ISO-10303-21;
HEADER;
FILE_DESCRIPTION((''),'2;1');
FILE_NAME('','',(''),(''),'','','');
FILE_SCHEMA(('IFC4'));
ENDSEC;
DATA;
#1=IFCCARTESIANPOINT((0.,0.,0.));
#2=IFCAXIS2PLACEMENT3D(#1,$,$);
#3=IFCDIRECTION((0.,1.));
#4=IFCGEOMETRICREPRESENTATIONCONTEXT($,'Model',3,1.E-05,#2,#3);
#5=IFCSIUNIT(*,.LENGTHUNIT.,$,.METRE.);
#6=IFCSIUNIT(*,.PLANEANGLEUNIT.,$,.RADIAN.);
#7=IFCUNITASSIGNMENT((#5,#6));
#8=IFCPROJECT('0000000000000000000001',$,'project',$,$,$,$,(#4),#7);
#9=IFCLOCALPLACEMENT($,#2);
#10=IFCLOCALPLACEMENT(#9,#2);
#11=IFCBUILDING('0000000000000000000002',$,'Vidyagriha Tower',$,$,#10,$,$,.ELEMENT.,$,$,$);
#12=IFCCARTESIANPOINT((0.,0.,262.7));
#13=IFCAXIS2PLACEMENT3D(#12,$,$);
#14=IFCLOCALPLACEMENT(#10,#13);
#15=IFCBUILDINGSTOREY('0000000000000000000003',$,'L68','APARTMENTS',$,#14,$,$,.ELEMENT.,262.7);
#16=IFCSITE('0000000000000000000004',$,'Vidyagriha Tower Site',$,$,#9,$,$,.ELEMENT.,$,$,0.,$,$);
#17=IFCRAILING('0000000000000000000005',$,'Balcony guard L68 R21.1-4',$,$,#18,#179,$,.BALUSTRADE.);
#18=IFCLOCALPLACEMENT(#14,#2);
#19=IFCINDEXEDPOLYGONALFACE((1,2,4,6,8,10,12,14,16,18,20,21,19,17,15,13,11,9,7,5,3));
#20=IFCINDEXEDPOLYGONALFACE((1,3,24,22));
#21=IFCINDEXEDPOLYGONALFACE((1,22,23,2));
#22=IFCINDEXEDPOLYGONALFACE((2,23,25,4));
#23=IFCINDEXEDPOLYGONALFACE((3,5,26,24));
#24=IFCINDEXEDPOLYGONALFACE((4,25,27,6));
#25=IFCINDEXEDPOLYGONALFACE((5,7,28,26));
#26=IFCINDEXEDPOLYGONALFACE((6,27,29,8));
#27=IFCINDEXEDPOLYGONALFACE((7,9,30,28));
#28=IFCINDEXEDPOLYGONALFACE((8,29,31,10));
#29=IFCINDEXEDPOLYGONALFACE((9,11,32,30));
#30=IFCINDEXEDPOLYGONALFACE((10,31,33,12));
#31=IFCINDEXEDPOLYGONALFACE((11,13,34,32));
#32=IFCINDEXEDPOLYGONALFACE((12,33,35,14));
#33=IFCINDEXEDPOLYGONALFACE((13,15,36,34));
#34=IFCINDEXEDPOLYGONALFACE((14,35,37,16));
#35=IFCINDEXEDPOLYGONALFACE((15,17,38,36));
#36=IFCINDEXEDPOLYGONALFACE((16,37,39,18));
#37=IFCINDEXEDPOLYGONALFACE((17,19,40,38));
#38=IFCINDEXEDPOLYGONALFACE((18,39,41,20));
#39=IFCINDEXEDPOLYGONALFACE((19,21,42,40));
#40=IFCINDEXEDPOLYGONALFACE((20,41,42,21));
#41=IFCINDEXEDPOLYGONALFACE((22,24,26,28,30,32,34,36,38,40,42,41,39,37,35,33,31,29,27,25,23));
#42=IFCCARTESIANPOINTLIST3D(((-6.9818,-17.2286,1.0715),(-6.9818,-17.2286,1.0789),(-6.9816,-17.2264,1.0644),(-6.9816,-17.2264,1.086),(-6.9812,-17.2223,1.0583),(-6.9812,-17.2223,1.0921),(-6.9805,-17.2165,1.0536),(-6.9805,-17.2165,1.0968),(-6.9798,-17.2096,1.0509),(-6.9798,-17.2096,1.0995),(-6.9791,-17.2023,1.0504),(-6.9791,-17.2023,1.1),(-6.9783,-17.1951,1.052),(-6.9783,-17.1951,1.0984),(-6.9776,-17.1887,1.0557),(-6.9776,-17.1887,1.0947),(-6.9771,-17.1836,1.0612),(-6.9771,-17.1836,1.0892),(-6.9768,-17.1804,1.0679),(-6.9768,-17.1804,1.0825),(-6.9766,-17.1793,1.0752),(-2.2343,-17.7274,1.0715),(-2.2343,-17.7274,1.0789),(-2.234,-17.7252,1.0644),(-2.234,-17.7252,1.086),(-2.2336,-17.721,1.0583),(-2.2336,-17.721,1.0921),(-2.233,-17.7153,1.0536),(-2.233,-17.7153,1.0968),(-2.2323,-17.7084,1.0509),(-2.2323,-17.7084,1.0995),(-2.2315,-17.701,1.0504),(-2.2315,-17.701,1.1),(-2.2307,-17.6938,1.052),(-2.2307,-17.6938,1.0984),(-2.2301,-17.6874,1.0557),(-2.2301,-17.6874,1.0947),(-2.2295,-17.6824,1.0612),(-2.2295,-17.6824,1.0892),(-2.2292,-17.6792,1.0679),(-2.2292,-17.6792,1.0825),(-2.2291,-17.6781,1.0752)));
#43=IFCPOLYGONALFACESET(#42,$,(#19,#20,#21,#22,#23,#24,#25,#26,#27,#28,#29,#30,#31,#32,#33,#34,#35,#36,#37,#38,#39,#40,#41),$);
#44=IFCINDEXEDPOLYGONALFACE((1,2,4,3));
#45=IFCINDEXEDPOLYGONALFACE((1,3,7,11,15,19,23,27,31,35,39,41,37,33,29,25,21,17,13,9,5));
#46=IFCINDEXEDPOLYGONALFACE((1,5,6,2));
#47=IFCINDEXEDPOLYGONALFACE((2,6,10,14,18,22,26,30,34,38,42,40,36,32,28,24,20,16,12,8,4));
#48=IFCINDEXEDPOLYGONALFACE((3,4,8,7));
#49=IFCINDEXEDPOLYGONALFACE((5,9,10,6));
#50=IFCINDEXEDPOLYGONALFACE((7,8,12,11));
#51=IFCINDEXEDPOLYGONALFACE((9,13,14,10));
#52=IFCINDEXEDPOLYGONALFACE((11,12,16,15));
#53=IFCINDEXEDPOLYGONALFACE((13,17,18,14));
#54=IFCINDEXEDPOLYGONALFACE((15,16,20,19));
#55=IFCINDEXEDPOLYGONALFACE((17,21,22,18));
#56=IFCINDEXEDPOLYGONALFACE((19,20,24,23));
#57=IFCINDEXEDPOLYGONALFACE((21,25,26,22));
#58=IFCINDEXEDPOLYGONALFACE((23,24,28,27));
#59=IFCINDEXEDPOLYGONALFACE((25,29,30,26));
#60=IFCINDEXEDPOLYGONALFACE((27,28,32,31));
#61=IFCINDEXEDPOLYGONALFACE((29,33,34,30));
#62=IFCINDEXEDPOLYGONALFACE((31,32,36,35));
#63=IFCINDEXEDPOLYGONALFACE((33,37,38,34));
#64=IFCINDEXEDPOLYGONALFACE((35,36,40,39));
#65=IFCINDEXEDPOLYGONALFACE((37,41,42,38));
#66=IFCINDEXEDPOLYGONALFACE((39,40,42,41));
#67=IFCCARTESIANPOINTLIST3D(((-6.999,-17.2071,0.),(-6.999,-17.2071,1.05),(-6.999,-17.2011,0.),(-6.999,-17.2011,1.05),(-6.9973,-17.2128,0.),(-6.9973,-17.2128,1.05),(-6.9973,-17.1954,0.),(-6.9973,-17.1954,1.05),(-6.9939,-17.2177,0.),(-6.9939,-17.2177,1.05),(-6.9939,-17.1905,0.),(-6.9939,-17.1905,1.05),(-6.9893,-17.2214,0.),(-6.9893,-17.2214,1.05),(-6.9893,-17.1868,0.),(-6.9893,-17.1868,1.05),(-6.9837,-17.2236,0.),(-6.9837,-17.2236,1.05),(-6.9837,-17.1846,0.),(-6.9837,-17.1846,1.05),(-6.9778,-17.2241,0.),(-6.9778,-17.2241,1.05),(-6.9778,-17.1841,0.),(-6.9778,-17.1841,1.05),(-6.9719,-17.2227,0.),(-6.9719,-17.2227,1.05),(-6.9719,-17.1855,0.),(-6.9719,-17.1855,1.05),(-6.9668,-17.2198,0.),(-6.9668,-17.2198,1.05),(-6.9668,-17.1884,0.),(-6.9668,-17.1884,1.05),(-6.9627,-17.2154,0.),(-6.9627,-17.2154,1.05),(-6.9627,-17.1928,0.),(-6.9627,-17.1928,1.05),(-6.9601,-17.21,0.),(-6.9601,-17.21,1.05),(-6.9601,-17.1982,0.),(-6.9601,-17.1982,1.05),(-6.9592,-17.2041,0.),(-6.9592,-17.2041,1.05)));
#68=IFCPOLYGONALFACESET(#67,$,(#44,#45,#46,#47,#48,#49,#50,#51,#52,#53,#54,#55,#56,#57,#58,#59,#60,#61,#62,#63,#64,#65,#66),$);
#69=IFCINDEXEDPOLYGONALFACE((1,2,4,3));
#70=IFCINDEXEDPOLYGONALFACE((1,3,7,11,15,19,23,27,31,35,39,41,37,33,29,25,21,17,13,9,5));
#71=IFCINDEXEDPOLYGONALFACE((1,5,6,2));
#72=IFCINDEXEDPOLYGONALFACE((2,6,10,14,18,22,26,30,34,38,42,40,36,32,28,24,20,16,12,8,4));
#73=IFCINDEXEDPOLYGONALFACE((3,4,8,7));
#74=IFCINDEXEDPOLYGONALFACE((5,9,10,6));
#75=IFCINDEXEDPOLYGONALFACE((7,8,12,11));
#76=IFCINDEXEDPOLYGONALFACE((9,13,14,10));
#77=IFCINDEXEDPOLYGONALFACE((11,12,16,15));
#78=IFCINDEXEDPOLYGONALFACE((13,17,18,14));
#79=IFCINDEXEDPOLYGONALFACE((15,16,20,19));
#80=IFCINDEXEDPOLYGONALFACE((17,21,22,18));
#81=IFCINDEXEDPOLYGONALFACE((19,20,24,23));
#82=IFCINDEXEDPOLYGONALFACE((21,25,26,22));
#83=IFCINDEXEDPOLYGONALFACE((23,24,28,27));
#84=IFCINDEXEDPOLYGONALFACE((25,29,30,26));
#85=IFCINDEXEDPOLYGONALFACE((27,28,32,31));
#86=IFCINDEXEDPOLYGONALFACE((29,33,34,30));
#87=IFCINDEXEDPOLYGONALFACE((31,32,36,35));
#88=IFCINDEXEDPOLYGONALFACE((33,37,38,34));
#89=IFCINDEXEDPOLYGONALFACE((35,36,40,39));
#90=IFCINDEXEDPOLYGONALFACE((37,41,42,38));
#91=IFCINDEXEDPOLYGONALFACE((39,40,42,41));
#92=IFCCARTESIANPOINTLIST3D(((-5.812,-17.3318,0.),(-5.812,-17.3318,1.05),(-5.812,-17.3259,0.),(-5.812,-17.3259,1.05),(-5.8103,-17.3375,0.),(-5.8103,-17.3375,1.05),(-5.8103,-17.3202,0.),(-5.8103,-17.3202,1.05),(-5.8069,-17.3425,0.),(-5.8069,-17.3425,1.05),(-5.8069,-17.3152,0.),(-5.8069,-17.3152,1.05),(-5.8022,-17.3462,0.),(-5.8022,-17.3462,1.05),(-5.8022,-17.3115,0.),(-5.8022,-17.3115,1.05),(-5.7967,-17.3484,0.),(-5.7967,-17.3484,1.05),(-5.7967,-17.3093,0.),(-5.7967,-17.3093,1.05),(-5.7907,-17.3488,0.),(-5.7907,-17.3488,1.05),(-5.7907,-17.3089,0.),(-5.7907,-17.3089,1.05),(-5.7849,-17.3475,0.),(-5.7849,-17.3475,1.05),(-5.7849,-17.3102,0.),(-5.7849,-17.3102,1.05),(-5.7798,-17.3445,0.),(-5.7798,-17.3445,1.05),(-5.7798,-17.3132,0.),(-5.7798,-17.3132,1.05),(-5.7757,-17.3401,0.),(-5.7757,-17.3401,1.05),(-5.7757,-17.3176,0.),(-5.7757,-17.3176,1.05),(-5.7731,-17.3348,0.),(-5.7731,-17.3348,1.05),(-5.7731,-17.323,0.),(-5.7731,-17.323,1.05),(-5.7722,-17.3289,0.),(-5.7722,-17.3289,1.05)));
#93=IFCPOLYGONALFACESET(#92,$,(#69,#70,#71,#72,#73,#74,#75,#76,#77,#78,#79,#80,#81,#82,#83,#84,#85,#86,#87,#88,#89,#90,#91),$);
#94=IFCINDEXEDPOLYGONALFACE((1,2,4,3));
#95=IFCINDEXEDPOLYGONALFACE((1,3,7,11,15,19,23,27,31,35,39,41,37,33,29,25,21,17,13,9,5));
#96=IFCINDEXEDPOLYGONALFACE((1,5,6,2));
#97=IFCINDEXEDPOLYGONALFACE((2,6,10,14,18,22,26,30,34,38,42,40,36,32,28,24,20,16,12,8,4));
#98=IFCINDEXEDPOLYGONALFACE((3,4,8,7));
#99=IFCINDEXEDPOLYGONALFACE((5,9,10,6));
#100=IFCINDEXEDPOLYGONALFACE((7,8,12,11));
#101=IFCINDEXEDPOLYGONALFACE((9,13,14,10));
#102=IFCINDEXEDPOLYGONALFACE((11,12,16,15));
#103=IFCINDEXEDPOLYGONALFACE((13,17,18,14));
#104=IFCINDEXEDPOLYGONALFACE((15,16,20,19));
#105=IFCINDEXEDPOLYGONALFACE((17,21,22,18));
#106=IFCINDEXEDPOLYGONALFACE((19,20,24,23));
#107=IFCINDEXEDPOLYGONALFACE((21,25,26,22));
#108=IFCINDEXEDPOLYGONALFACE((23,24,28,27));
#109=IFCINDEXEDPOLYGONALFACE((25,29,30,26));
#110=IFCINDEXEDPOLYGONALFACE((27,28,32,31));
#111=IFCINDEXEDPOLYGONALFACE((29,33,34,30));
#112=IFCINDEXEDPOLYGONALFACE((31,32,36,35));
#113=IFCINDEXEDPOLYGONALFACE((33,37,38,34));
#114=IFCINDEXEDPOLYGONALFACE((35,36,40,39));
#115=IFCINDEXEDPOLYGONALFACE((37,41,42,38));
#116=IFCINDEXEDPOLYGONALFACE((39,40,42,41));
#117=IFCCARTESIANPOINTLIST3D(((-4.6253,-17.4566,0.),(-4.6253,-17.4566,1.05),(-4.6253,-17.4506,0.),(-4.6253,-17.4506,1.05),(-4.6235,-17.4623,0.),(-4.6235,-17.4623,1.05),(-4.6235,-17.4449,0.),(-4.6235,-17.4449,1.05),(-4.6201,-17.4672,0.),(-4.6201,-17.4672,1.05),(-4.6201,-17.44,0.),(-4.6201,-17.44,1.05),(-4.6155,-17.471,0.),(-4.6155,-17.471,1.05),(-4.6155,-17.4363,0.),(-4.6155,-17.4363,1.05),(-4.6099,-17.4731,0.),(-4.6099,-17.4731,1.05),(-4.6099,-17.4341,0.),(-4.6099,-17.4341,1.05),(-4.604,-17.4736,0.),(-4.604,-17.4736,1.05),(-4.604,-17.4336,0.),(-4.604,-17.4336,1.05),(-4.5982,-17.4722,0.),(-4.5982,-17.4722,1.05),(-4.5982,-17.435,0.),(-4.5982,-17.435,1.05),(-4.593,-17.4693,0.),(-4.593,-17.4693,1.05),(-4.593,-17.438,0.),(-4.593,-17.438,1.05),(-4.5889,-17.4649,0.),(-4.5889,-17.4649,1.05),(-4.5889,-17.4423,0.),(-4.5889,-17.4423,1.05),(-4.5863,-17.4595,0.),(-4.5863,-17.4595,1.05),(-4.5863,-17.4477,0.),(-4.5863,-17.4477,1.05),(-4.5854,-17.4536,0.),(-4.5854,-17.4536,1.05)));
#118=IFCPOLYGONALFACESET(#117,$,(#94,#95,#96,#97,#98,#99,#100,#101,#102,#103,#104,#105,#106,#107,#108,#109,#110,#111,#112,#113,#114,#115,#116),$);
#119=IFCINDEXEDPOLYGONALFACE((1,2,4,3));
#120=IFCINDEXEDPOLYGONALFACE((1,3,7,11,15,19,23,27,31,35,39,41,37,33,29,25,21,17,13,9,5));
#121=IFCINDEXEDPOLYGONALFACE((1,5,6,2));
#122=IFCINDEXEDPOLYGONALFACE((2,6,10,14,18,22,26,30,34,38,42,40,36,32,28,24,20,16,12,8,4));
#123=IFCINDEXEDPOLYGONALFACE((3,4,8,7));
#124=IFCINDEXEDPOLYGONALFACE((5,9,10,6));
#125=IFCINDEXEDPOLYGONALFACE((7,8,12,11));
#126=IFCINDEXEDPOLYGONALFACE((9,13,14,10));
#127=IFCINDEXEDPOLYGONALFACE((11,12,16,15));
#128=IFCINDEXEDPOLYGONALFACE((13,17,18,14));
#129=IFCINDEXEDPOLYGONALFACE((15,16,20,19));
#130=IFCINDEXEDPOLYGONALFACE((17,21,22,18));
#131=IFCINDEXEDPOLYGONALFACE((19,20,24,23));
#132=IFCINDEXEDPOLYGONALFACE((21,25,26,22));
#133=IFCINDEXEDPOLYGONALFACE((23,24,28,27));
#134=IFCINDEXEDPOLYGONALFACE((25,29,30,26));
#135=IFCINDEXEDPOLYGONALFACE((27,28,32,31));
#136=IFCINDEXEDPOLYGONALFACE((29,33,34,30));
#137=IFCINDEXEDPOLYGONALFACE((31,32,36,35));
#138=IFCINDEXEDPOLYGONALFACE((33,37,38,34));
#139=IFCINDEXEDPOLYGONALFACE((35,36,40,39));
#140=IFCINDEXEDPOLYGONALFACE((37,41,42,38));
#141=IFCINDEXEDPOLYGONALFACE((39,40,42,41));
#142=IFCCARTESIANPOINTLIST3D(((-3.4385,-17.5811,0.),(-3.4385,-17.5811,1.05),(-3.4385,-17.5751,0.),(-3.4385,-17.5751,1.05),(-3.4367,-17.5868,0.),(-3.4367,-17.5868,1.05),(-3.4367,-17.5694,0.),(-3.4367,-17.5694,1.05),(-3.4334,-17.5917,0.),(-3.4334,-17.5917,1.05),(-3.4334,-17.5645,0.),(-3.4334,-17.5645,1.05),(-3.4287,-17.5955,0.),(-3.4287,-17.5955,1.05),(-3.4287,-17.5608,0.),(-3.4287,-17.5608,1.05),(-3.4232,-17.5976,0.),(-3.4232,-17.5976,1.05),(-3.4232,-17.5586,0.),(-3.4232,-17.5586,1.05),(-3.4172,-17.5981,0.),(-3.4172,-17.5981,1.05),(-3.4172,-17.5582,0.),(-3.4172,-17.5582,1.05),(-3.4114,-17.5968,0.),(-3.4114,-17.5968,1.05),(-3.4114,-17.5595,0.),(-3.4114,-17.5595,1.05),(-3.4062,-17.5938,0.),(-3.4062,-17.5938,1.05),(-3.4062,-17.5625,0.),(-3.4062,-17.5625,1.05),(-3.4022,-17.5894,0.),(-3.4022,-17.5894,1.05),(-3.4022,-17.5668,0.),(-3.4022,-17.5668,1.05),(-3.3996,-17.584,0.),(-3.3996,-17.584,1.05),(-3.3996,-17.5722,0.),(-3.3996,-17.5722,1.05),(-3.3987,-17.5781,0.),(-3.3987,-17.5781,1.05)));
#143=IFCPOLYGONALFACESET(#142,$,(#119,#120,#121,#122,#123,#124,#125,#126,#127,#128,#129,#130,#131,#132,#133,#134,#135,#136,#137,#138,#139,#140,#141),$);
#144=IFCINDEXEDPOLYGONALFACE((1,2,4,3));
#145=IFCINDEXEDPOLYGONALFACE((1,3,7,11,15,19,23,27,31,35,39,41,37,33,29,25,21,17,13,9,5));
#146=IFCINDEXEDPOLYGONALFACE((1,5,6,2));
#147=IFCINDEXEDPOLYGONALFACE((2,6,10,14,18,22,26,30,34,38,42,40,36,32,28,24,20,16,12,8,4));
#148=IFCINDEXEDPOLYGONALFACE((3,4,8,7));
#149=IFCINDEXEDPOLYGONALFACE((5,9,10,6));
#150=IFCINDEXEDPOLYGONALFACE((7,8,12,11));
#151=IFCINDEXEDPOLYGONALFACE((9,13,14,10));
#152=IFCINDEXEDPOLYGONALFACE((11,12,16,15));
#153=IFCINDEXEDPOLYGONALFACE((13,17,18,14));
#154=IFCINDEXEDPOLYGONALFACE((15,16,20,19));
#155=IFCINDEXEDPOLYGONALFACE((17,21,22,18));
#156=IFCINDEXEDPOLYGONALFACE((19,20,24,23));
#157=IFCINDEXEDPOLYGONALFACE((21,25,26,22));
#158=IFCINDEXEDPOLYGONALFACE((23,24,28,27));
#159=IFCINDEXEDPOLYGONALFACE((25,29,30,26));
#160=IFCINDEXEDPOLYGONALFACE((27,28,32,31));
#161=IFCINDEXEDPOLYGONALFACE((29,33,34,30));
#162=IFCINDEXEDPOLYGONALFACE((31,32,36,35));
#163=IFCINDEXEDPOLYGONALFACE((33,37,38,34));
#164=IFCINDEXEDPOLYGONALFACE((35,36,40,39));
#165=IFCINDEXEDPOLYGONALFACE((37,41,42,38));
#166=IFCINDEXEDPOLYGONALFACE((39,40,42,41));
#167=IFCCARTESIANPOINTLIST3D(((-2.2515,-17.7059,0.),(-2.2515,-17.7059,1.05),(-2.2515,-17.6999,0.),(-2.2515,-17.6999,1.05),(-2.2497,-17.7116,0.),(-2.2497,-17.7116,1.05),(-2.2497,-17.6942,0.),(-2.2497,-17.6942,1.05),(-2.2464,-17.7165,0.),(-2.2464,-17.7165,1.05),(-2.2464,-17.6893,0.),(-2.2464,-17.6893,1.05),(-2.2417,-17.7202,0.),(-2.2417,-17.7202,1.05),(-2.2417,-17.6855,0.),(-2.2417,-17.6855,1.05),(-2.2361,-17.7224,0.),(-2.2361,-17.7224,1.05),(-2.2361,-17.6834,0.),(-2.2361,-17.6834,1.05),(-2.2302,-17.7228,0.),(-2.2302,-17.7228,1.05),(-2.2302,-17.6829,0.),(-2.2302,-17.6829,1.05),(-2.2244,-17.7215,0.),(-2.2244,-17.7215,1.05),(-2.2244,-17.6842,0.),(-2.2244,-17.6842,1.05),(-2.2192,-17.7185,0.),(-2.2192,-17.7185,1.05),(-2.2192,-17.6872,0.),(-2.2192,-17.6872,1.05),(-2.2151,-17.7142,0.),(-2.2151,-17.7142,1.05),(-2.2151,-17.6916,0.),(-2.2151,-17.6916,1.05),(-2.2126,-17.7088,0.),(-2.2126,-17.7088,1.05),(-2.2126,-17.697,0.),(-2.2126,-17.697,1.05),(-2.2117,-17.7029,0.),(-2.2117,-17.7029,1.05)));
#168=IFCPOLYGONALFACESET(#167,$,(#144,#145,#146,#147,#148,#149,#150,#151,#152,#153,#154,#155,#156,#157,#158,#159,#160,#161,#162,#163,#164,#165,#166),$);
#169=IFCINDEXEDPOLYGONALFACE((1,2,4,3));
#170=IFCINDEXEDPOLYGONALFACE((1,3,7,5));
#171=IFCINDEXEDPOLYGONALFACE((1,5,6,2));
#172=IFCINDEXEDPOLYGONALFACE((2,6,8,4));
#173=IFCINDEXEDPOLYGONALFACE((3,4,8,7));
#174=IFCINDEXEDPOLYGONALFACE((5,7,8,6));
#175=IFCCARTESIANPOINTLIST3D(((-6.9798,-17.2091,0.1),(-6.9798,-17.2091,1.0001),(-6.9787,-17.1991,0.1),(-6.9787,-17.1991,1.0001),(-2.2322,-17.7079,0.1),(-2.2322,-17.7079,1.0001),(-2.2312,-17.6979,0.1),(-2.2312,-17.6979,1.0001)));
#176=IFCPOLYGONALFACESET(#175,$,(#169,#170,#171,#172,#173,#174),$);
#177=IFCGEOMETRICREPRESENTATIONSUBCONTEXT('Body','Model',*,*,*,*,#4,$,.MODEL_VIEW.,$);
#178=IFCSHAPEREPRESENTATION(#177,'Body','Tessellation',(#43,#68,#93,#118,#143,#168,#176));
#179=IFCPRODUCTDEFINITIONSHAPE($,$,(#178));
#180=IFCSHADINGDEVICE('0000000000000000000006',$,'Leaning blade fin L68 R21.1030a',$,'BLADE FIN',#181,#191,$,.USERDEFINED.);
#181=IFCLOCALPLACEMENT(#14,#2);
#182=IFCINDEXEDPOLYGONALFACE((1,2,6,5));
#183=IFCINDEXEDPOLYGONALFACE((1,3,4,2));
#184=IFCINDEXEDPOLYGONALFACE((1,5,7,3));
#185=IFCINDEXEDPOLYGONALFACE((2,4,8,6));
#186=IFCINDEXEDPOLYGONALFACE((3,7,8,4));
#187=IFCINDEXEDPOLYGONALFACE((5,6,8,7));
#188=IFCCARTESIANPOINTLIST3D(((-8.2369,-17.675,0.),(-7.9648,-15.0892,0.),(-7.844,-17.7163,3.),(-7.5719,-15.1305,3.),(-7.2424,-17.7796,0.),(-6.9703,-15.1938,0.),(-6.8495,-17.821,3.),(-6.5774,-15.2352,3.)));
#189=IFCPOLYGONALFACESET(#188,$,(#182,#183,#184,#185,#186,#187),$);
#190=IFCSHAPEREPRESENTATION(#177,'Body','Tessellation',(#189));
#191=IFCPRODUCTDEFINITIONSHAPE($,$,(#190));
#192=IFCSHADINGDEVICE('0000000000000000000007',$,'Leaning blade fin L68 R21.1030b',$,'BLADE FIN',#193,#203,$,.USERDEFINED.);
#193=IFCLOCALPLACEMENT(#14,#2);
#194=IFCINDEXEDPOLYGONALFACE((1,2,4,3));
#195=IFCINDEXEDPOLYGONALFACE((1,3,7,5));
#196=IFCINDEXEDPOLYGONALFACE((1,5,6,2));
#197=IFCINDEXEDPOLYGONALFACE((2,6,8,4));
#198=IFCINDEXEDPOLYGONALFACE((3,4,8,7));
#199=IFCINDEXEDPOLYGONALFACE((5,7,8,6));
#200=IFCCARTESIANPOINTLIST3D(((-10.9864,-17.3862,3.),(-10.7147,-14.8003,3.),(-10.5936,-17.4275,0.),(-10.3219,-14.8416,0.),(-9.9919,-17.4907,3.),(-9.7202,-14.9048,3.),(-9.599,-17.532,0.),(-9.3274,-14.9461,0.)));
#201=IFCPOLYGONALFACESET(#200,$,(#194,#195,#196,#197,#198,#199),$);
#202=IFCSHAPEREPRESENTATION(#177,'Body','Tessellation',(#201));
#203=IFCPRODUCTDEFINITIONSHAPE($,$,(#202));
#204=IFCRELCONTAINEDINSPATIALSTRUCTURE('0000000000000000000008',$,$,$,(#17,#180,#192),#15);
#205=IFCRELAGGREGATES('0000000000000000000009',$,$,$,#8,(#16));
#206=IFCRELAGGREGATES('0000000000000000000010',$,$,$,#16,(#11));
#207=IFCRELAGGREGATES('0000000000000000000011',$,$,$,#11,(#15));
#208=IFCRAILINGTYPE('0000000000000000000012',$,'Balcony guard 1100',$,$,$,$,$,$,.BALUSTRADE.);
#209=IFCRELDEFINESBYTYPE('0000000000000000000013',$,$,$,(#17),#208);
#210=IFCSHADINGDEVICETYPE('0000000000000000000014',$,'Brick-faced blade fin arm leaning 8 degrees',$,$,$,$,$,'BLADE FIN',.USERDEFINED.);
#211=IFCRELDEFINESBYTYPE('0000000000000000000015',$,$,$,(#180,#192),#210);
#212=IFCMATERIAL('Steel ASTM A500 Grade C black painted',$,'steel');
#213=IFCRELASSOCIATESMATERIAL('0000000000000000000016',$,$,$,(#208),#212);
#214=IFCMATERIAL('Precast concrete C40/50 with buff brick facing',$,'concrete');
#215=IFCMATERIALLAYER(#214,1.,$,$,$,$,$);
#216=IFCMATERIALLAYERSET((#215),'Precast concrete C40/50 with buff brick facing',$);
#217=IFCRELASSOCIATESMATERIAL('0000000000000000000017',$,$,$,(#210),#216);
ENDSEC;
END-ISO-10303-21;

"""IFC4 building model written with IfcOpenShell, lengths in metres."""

from ifc_helpers import new_model, si_unit, direction, frame, origin, origin_2d, place, context, subcontext, project, spatial, polyline, rectangle, circle, outline, extrude, material, layer, layer_set, type_object, element, save


model = new_model("IFC4")

# Units and contexts
model_context = context("Model", 3, precision=1e-05, world=origin(), true_north=direction((0.0, 1.0)))
body_context = subcontext(model_context, "Body", "Model", "MODEL_VIEW")
ifc_project = project(units=[si_unit("LENGTHUNIT", "METRE"), si_unit("PLANEANGLEUNIT", "RADIAN")], contexts=[model_context])

# Site, building, storey
site_placement = place(None, origin())
site = spatial("IfcSite", under=ifc_project, at=site_placement, Name="Vidyagriha Tower Site", CompositionType="ELEMENT", RefElevation=0.0)
building_placement = place(site_placement, origin())
building = spatial("IfcBuilding", under=site, at=building_placement, Name="Vidyagriha Tower", CompositionType="ELEMENT")
storey_placement = place(building_placement, frame((0.0, 0.0, 262.7)))
storey = spatial("IfcBuildingStorey", under=building, at=storey_placement, Name="L68", Description="APARTMENTS", CompositionType="ELEMENT", Elevation=262.7)

# Railing
ifc_material_1 = material(Name="Steel ASTM A500 Grade C black painted", Category="steel")
railing_type = type_object("IfcRailingType", Name="Balcony guard 1100", PredefinedType="BALUSTRADE", material=ifc_material_1)
railing_1_placement = place(storey_placement, frame((-6.9792, -17.2041, 0.0)))
element("IfcRailing", 1, at=railing_1_placement, inside=storey, type_object=railing_type, Name="Balcony guard L68 R21.1-4", PredefinedType="BALUSTRADE", context=body_context, shape_type="SweptSolid", body=[
    extrude(circle(Radius=0.0249, at=origin_2d()), frame((0.0, 0.0, 1.0752), z_axis=(0.994526, -0.104485, 0.0), x_axis=(0.104485, 0.994526, 0.0)), (0.0, 0.0, 1.0), 4.7737),
    extrude(circle(Radius=0.02, at=origin_2d()), origin(), (0.0, 0.0, 1.0), 1.05),
    extrude(circle(Radius=0.02, at=origin_2d()), frame((1.187, -0.1248, 0.0)), (0.0, 0.0, 1.0), 1.05),
    extrude(circle(Radius=0.02, at=origin_2d()), frame((2.3738, -0.2495, 0.0)), (0.0, 0.0, 1.0), 1.05),
    extrude(circle(Radius=0.02, at=origin_2d()), frame((3.5605, -0.374, 0.0)), (0.0, 0.0, 1.0), 1.05),
    extrude(circle(Radius=0.02, at=origin_2d()), frame((4.7476, -0.4988, 0.0)), (0.0, 0.0, 1.0), 1.05),
    extrude(rectangle(XDim=0.01, YDim=0.9001, at=origin_2d()), frame((0.0, 0.0, 0.55), z_axis=(0.994526, -0.104485, 0.0), x_axis=(0.104485, 0.994526, 0.0)), (0.0, 0.0, 1.0), 4.7737),
])

# Shading devices
ifc_material_2 = material(Name="Precast concrete C40/50 with buff brick facing", Category="concrete")
ifc_layer_1 = layer(ifc_material_2, 1.0)
ifc_layer_set_1 = layer_set([ifc_layer_1], Name="Precast concrete C40/50 with buff brick facing")
shading_device_type_1 = type_object("IfcShadingDeviceType", Name="Brick-faced blade fin arm leaning 8 degrees", ElementType="BLADE FIN", PredefinedType="USERDEFINED", material=ifc_layer_set_1)
shading_device_1_placement = place(storey_placement, frame((-8.1008, -16.3821, 0.0), z_axis=(0.0, 0.0, 1.0), x_axis=(0.994509, -0.104648, 0.0)))
element("IfcShadingDevice", 2, at=shading_device_1_placement, inside=storey, type_object=shading_device_type_1, Name="Leaning blade fin L68 R21.1030a", ObjectType="BLADE FIN", PredefinedType="USERDEFINED", context=body_context, shape_type="SweptSolid", body=[
    extrude(outline(polyline([(0.0, 0.0), (1.0, 0.0), (1.395, 3.0), (0.395, 3.0), (0.0, 0.0)])), frame((0.0, 1.3, 0.0), z_axis=(0.0, -1.0, 0.0), x_axis=(1.0, 0.0, 0.0)), (0.0, 0.0, 1.0), 2.6001),
])
shading_device_2_placement = place(storey_placement, frame((-10.8506, -16.0933, 0.0), z_axis=(0.0, 0.0, 1.0), x_axis=(0.994526, -0.104493, 0.0)))
element("IfcShadingDevice", 3, at=shading_device_2_placement, inside=storey, type_object=shading_device_type_1, Name="Leaning blade fin L68 R21.1030b", ObjectType="BLADE FIN", PredefinedType="USERDEFINED", context=body_context, shape_type="SweptSolid", body=[
    extrude(outline(polyline([(0.395, 0.0), (1.395, 0.0), (1.0, 3.0), (0.0, 3.0), (0.395, 0.0)])), frame((0.0, 1.3, 0.0), z_axis=(0.0, -1.0, 0.0), x_axis=(1.0, 0.0, 0.0)), (0.0, 0.0, 1.0), 2.6001),
])

save(model, "model.ifc")
